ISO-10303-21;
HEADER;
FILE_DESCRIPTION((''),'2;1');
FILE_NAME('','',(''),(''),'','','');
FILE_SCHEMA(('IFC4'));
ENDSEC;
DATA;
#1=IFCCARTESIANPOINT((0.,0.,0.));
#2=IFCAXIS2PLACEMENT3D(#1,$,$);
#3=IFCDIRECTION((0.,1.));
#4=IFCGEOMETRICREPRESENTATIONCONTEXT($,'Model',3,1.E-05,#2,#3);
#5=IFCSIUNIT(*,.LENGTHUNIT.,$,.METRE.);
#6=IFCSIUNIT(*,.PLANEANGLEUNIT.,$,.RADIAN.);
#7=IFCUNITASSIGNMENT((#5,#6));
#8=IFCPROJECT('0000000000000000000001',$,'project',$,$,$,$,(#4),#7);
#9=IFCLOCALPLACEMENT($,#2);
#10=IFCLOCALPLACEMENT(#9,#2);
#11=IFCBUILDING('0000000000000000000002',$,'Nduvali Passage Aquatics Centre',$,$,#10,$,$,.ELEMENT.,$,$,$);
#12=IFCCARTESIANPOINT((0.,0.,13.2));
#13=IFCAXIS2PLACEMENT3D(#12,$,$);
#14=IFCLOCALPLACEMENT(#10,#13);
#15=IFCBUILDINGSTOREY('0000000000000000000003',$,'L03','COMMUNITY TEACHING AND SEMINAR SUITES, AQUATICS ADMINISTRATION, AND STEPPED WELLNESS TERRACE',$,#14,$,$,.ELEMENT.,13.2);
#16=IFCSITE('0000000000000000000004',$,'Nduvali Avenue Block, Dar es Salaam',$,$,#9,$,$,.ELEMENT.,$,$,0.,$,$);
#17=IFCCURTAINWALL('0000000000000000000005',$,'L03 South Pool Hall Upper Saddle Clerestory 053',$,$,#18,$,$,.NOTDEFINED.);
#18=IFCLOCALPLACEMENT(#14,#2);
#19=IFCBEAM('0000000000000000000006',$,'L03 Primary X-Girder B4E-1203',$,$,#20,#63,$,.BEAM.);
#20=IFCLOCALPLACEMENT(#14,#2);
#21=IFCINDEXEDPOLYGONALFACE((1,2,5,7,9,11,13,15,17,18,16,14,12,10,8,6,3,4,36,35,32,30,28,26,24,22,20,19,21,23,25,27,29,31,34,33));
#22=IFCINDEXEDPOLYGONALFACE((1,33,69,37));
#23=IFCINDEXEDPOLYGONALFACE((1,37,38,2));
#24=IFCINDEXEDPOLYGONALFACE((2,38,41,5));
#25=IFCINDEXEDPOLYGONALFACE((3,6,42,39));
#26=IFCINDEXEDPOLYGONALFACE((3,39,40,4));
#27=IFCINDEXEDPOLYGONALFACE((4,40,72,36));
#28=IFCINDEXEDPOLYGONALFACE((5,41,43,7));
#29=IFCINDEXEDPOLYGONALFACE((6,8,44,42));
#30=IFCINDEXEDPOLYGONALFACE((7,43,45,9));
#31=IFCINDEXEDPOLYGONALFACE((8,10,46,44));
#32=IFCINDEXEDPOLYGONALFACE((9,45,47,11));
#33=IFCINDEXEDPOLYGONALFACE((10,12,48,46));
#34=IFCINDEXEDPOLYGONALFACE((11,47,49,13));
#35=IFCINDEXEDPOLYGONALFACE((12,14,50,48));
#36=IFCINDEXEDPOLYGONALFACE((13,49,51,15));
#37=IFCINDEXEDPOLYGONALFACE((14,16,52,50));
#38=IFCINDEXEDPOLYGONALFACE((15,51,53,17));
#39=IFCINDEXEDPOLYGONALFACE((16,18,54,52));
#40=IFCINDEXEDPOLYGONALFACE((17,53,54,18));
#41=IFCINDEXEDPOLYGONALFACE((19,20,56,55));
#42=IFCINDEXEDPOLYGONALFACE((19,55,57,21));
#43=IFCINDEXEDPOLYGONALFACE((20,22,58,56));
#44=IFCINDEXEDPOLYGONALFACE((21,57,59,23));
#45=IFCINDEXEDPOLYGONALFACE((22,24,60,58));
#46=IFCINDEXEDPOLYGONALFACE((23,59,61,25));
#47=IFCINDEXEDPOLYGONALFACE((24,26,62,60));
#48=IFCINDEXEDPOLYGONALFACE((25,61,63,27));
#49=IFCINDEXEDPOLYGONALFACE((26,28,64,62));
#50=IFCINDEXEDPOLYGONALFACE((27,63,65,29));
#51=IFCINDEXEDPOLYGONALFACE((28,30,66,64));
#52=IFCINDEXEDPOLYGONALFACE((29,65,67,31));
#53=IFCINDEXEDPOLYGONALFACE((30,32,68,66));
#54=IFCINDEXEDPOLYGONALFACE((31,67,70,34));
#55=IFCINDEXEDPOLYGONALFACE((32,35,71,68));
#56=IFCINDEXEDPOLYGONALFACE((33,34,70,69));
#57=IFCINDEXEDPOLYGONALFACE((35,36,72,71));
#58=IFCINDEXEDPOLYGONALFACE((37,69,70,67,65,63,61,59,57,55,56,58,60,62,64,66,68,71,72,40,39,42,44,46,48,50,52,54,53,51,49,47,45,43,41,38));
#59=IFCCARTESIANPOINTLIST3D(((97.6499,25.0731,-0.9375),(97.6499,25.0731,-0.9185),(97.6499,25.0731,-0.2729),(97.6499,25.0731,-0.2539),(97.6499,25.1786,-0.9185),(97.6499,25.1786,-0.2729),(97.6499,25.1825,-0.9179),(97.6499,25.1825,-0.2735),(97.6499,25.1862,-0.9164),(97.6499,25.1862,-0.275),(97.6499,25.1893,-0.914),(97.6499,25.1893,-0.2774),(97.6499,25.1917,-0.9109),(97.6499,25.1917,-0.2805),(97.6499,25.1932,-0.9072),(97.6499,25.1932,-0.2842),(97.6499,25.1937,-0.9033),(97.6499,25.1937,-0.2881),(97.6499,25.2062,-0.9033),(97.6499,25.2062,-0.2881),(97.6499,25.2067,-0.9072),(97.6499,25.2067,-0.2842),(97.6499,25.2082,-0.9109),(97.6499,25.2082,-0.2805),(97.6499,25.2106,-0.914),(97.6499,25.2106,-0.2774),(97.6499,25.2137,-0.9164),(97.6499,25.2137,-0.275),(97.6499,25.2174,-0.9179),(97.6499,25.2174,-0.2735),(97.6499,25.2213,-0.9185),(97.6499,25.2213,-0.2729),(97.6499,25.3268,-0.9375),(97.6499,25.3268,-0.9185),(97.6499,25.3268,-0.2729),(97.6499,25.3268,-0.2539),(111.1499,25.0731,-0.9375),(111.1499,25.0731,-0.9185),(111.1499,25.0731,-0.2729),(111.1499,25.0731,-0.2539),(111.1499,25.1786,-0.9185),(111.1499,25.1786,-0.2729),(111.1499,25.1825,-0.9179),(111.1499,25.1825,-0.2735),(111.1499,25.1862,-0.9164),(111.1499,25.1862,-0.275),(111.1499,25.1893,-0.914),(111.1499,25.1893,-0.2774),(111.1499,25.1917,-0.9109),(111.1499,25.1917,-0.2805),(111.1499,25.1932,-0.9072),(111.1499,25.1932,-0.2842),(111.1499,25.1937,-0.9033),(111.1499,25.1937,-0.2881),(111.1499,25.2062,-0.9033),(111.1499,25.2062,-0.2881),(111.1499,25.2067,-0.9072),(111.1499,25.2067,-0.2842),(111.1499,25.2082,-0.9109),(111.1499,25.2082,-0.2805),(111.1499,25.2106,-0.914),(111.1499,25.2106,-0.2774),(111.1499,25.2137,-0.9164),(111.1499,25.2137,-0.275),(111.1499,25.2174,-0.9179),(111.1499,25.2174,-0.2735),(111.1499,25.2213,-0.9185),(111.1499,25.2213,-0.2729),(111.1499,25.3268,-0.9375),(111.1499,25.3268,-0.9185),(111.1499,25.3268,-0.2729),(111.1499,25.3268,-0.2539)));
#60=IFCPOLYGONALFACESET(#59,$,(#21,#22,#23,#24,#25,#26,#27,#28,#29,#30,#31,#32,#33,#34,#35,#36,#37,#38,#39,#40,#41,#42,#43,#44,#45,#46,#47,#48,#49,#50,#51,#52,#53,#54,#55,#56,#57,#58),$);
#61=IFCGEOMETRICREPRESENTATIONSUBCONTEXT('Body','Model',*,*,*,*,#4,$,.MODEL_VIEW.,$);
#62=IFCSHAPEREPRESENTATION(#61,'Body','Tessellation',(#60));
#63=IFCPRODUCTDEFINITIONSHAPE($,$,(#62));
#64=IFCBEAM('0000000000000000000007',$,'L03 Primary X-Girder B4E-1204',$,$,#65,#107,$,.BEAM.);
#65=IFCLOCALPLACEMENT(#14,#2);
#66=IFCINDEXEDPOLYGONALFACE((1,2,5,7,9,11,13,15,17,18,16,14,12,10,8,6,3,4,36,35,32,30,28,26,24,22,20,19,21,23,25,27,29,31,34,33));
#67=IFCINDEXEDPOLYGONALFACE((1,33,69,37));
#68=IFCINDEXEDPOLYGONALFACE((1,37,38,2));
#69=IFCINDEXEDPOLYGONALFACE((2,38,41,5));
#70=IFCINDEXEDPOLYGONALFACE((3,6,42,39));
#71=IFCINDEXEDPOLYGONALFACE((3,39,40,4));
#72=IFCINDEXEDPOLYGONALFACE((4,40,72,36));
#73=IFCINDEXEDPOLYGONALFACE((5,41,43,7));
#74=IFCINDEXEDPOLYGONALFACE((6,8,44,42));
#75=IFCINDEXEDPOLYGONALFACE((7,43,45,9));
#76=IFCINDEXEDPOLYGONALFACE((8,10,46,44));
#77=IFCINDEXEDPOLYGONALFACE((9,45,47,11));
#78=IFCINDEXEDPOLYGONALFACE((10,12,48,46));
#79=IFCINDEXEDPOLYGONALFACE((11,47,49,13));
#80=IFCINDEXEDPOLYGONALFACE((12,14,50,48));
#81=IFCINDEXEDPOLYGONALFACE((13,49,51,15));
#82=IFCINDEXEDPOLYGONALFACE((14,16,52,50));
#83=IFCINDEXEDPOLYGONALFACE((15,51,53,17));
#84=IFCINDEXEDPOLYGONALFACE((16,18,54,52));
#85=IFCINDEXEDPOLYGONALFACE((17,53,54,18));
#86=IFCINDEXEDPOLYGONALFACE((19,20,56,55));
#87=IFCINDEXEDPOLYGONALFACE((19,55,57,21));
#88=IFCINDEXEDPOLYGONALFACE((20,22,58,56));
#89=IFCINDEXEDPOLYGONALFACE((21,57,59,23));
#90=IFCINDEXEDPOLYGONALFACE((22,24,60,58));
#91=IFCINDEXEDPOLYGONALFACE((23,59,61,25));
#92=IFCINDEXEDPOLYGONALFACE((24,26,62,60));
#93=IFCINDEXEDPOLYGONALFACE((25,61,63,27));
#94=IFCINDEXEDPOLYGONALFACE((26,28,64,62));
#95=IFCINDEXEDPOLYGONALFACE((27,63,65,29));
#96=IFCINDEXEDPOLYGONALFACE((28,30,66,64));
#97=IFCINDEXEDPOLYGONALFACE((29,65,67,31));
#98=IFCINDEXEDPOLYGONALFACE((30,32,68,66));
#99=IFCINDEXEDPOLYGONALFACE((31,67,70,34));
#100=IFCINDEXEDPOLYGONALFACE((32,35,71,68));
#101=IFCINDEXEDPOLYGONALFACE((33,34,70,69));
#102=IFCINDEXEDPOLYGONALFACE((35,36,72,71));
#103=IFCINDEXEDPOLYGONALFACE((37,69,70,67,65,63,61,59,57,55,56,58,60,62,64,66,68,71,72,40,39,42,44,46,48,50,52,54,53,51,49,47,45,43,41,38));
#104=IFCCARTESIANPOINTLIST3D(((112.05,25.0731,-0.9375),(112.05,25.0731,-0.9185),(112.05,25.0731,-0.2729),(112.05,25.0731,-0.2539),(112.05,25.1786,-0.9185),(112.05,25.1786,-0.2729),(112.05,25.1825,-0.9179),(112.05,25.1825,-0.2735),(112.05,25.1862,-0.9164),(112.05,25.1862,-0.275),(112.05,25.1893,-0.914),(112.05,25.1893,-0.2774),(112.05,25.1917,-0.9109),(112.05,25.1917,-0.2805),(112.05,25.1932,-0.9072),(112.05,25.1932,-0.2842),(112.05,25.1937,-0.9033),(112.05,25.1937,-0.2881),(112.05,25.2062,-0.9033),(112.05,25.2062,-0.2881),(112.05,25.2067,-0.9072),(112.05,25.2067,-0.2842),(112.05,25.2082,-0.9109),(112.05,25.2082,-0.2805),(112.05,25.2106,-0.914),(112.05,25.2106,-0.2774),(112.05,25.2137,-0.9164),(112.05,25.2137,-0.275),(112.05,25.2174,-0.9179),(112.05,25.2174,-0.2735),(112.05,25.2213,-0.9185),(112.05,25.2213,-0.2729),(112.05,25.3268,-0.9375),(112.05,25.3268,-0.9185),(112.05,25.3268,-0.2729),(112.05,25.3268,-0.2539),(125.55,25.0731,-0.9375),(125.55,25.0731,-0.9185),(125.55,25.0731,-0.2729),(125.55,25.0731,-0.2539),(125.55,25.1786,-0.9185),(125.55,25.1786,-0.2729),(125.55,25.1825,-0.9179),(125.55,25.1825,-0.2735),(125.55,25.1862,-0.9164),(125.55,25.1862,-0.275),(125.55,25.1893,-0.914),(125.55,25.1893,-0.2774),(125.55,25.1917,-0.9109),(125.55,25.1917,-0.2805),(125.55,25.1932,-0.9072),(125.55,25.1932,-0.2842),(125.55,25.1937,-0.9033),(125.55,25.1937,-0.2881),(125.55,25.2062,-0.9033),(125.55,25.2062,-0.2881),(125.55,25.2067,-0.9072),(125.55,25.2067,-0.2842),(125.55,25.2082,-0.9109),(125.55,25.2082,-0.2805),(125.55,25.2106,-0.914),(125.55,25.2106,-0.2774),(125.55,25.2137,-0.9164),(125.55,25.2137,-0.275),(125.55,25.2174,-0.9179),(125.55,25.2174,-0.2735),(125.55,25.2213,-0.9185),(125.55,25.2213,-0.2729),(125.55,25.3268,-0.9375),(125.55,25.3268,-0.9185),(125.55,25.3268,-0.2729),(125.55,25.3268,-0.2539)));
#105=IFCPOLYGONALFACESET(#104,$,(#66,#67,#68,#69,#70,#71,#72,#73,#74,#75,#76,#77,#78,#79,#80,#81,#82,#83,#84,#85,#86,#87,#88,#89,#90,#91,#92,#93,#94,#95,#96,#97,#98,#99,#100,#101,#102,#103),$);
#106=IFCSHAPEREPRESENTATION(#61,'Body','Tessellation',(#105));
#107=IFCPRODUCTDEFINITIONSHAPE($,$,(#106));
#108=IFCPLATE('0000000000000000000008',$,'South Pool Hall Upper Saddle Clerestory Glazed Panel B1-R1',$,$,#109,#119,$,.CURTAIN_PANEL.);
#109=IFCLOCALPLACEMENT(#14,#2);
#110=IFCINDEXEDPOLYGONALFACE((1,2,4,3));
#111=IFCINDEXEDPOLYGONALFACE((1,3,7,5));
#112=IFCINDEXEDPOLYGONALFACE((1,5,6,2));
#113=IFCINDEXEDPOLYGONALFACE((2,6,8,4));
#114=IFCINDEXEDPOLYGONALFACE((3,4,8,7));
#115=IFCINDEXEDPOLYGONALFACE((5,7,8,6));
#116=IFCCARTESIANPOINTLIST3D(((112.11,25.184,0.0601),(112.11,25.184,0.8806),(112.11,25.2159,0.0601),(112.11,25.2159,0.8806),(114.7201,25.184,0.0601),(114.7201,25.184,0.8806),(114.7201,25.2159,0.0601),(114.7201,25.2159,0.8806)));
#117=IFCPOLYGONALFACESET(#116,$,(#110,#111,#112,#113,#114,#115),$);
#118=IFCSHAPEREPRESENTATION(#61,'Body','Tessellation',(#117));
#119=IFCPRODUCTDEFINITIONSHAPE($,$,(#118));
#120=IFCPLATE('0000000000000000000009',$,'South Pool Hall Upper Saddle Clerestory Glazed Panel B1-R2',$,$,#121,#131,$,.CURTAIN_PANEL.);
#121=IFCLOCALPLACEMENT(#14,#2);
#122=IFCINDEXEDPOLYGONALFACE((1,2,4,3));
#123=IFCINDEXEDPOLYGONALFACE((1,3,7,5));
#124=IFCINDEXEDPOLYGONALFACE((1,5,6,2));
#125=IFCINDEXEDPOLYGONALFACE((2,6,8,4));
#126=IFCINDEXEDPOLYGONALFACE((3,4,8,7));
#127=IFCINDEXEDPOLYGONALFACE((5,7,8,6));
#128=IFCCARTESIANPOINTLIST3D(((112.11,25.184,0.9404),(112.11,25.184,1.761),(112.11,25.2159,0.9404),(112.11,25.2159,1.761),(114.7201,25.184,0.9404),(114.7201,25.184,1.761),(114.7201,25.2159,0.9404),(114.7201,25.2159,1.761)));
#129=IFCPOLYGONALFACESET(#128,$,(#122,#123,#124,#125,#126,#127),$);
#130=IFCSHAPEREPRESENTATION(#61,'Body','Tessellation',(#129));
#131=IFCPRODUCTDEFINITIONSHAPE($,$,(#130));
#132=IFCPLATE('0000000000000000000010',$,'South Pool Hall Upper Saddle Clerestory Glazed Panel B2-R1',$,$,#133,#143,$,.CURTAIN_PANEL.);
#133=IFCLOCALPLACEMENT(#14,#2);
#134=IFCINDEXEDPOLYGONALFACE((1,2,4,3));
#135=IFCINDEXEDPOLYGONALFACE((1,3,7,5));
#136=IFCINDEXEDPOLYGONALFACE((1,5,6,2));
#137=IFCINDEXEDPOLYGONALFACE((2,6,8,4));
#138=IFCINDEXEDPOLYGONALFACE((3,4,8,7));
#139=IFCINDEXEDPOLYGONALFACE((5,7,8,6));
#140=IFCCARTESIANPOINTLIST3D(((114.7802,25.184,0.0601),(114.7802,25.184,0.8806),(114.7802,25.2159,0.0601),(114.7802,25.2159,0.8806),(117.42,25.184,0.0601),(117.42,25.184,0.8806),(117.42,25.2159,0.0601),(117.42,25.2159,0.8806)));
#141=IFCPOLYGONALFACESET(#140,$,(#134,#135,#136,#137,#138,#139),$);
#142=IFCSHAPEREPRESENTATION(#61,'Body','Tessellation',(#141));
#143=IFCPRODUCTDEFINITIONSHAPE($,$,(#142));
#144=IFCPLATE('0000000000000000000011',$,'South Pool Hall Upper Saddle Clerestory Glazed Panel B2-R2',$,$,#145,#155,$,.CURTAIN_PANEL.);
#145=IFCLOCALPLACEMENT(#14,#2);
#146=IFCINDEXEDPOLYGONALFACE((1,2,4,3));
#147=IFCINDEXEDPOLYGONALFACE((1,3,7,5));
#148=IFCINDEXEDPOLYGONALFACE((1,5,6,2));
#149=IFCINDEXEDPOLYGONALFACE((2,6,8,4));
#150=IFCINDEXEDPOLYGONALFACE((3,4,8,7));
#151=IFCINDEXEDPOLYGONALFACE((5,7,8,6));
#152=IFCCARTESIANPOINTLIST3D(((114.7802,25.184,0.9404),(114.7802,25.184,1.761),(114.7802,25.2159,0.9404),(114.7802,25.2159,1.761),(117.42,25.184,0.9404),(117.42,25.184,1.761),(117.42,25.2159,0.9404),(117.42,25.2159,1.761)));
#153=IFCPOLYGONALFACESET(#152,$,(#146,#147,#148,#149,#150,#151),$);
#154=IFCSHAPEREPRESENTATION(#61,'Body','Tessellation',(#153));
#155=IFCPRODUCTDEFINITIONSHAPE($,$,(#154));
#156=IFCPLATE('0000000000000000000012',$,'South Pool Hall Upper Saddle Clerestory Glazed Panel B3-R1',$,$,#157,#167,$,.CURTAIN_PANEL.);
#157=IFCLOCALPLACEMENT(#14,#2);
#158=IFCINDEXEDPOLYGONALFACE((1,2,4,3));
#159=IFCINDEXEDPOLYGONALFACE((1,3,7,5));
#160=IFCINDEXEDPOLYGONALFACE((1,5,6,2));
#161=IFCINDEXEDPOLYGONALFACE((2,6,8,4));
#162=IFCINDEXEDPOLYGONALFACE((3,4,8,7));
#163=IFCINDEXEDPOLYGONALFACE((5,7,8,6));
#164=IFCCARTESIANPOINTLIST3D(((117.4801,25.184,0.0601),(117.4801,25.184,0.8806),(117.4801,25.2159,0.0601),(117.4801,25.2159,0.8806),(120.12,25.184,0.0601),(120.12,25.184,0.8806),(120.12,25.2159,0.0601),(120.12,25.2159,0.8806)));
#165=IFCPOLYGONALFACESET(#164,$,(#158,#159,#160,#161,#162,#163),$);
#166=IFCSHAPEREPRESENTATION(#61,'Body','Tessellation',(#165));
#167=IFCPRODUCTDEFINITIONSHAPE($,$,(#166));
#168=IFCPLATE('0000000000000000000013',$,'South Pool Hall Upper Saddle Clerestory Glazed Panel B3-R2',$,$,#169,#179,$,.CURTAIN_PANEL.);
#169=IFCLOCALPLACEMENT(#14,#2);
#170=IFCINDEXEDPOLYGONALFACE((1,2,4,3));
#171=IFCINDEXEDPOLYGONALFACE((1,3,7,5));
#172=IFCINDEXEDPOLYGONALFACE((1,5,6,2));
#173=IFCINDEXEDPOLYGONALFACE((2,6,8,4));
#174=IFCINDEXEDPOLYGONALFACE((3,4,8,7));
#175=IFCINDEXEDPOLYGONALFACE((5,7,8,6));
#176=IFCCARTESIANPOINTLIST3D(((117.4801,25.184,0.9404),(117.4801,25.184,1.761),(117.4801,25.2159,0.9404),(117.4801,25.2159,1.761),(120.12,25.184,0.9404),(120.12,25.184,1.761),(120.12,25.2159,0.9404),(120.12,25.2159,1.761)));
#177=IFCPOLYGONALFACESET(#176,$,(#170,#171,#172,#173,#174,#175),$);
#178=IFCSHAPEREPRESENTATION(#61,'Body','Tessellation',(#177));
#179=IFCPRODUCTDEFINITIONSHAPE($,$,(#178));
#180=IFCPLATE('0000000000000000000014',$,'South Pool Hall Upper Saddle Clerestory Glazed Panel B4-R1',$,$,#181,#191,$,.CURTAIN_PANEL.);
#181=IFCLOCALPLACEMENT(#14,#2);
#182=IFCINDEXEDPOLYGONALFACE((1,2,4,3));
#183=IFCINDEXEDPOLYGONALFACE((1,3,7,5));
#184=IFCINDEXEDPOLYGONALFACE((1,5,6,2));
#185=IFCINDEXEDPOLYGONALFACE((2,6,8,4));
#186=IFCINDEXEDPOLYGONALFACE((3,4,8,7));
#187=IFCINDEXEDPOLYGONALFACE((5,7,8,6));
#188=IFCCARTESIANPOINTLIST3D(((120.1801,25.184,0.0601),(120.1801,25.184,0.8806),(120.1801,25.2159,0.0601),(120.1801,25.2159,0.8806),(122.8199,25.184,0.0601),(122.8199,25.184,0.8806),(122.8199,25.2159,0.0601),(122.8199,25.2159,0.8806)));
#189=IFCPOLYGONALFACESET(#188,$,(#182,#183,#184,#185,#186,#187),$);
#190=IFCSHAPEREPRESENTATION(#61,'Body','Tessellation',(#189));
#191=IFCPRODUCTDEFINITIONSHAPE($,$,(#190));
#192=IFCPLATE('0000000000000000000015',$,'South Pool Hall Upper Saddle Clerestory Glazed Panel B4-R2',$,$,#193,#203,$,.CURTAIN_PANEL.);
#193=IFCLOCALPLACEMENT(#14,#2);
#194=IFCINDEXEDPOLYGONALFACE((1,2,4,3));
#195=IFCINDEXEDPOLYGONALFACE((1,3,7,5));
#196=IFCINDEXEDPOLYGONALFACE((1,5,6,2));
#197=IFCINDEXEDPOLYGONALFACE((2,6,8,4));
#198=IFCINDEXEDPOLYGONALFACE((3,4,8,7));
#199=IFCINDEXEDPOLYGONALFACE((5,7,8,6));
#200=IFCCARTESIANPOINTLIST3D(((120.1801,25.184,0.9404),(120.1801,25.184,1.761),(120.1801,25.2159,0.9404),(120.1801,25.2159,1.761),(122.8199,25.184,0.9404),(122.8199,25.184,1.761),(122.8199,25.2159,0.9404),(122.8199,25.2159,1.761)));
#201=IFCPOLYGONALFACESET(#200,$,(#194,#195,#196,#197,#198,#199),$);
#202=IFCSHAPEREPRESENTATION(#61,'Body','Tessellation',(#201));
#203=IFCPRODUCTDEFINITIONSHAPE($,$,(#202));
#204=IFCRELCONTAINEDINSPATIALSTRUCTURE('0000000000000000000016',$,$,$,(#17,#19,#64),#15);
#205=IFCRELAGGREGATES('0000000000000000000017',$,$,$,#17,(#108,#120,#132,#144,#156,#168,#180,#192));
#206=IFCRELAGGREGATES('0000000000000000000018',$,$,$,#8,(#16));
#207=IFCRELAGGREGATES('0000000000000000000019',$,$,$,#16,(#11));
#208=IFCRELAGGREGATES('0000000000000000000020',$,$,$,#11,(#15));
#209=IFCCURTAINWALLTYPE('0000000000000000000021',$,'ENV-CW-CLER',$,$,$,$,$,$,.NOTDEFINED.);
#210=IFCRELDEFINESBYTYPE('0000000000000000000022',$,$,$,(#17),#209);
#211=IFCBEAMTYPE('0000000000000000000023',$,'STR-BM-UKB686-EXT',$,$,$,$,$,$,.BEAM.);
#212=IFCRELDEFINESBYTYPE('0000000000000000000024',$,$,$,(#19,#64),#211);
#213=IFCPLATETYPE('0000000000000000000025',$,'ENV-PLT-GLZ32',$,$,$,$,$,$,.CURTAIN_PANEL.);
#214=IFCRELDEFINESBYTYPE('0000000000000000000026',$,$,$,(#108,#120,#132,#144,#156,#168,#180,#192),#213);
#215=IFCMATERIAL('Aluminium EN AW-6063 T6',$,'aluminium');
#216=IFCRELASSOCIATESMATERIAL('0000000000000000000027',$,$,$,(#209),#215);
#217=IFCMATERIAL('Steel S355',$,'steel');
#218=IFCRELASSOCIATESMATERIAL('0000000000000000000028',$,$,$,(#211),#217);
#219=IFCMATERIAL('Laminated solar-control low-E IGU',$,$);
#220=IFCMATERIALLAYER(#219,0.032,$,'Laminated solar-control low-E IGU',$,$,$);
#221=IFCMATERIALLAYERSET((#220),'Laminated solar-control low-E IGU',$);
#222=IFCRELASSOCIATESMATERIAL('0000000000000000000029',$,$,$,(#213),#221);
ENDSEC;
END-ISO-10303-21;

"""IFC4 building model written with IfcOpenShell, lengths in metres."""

from ifc_helpers import new_model, si_unit, direction, frame, origin, origin_2d, place, context, subcontext, project, spatial, rectangle, i_section, extrude, material, layer, layer_set, material_profile, profile_set, type_object, element, aggregate, save


model = new_model("IFC4")

# Units and contexts
model_context = context("Model", 3, precision=1e-05, world=origin(), true_north=direction((0.0, 1.0)))
body_context = subcontext(model_context, "Body", "Model", "MODEL_VIEW")
ifc_project = project(units=[si_unit("LENGTHUNIT", "METRE"), si_unit("PLANEANGLEUNIT", "RADIAN")], contexts=[model_context])

# Site, building, storey
site_placement = place(None, origin())
site = spatial("IfcSite", under=ifc_project, at=site_placement, Name="Nduvali Avenue Block, Dar es Salaam", CompositionType="ELEMENT", RefElevation=0.0)
building_placement = place(site_placement, origin())
building = spatial("IfcBuilding", under=site, at=building_placement, Name="Nduvali Passage Aquatics Centre", CompositionType="ELEMENT")
storey_placement = place(building_placement, frame((0.0, 0.0, 13.2)))
storey = spatial("IfcBuildingStorey", under=building, at=storey_placement, Name="L03", Description="COMMUNITY TEACHING AND SEMINAR SUITES, AQUATICS ADMINISTRATION, AND STEPPED WELLNESS TERRACE", CompositionType="ELEMENT", Elevation=13.2)

# Curtain wall
ifc_material_1 = material(Name="Aluminium EN AW-6063 T6", Category="aluminium")
curtain_wall_type = type_object("IfcCurtainWallType", Name="ENV-CW-CLER", PredefinedType="NOTDEFINED", material=ifc_material_1)
curtain_wall_placement = place(storey_placement, origin())
curtain_wall = element("IfcCurtainWall", 1, at=curtain_wall_placement, inside=storey, type_object=curtain_wall_type, Name="L03 South Pool Hall Upper Saddle Clerestory 053", PredefinedType="NOTDEFINED")

# Beams
ifc_material_2 = material(Name="Steel S355", Category="steel")
ifc_material_profile_1 = material_profile(ifc_material_2, i_section(OverallWidth=0.2537, OverallDepth=0.6836, WebThickness=0.0125, FlangeThickness=0.019, FilletRadius=0.0151, at=origin_2d()), Name="UKB 686x254x140")
ifc_profile_set_1 = profile_set([ifc_material_profile_1], Name="Steel S355")
beam_type = type_object("IfcBeamType", Name="STR-BM-UKB686-EXT", PredefinedType="BEAM", material=ifc_profile_set_1)
for number, where, z_axis, x_axis, name in (
    (2, (97.6499, 25.2, -0.5957), (1.0, 0.0, 0.0), (0.0, 1.0, 0.0), "L03 Primary X-Girder B4E-1203"),
    (3, (112.05, 25.2, -0.5957), (1.0, 0.0, 0.0), (0.0, 1.0, 0.0), "L03 Primary X-Girder B4E-1204"),
):
    element("IfcBeam", number, at=place(storey_placement, frame(where, z_axis=z_axis, x_axis=x_axis)), inside=storey, type_object=beam_type, Name=name, PredefinedType="BEAM", context=body_context, shape_type="SweptSolid", body=[
        extrude(i_section(OverallWidth=0.2537, OverallDepth=0.6836, WebThickness=0.0125, FlangeThickness=0.019, FilletRadius=0.0151, at=origin_2d()), origin(), (0.0, 0.0, 1.0), 13.5),
    ])

# Plates
ifc_material_3 = material(Name="Laminated solar-control low-E IGU")
ifc_layer = layer(ifc_material_3, 0.032, Name="Laminated solar-control low-E IGU")
ifc_layer_set = layer_set([ifc_layer], Name="Laminated solar-control low-E IGU")
plate_type = type_object("IfcPlateType", Name="ENV-PLT-GLZ32", PredefinedType="CURTAIN_PANEL", material=ifc_layer_set)
plate_1_placement = place(storey_placement, frame((113.415, 25.2, 0.0601), z_axis=(0.0, 0.0, 1.0), x_axis=(1.0, 0.0, 0.0)))
plate_1 = element("IfcPlate", 4, at=plate_1_placement, type_object=plate_type, Name="South Pool Hall Upper Saddle Clerestory Glazed Panel B1-R1", PredefinedType="CURTAIN_PANEL", context=body_context, shape_type="SweptSolid", body=[
    extrude(rectangle(XDim=2.6101, YDim=0.032, at=origin_2d()), origin(), (0.0, 0.0, 1.0), 0.8206),
])
plate_2_placement = place(storey_placement, frame((113.415, 25.2, 0.9404), z_axis=(0.0, 0.0, 1.0), x_axis=(1.0, 0.0, 0.0)))
plate_2 = element("IfcPlate", 5, at=plate_2_placement, type_object=plate_type, Name="South Pool Hall Upper Saddle Clerestory Glazed Panel B1-R2", PredefinedType="CURTAIN_PANEL", context=body_context, shape_type="SweptSolid", body=[
    extrude(rectangle(XDim=2.6101, YDim=0.032, at=origin_2d()), origin(), (0.0, 0.0, 1.0), 0.8206),
])
plate_3_placement = place(storey_placement, frame((116.1001, 25.2, 0.0601), z_axis=(0.0, 0.0, 1.0), x_axis=(1.0, 0.0, 0.0)))
plate_3 = element("IfcPlate", 6, at=plate_3_placement, type_object=plate_type, Name="South Pool Hall Upper Saddle Clerestory Glazed Panel B2-R1", PredefinedType="CURTAIN_PANEL", context=body_context, shape_type="SweptSolid", body=[
    extrude(rectangle(XDim=2.6399, YDim=0.032, at=origin_2d()), origin(), (0.0, 0.0, 1.0), 0.8206),
])
plate_4_placement = place(storey_placement, frame((116.1001, 25.2, 0.9404), z_axis=(0.0, 0.0, 1.0), x_axis=(1.0, 0.0, 0.0)))
plate_4 = element("IfcPlate", 7, at=plate_4_placement, type_object=plate_type, Name="South Pool Hall Upper Saddle Clerestory Glazed Panel B2-R2", PredefinedType="CURTAIN_PANEL", context=body_context, shape_type="SweptSolid", body=[
    extrude(rectangle(XDim=2.6399, YDim=0.032, at=origin_2d()), origin(), (0.0, 0.0, 1.0), 0.8206),
])
plate_5_placement = place(storey_placement, frame((118.8, 25.2, 0.0601), z_axis=(0.0, 0.0, 1.0), x_axis=(1.0, 0.0, 0.0)))
plate_5 = element("IfcPlate", 8, at=plate_5_placement, type_object=plate_type, Name="South Pool Hall Upper Saddle Clerestory Glazed Panel B3-R1", PredefinedType="CURTAIN_PANEL", context=body_context, shape_type="SweptSolid", body=[
    extrude(rectangle(XDim=2.6399, YDim=0.032, at=origin_2d()), origin(), (0.0, 0.0, 1.0), 0.8206),
])
plate_6_placement = place(storey_placement, frame((118.8, 25.2, 0.9404), z_axis=(0.0, 0.0, 1.0), x_axis=(1.0, 0.0, 0.0)))
plate_6 = element("IfcPlate", 9, at=plate_6_placement, type_object=plate_type, Name="South Pool Hall Upper Saddle Clerestory Glazed Panel B3-R2", PredefinedType="CURTAIN_PANEL", context=body_context, shape_type="SweptSolid", body=[
    extrude(rectangle(XDim=2.6399, YDim=0.032, at=origin_2d()), origin(), (0.0, 0.0, 1.0), 0.8206),
])
plate_7_placement = place(storey_placement, frame((121.5, 25.2, 0.0601), z_axis=(0.0, 0.0, 1.0), x_axis=(1.0, 0.0, 0.0)))
plate_7 = element("IfcPlate", 10, at=plate_7_placement, type_object=plate_type, Name="South Pool Hall Upper Saddle Clerestory Glazed Panel B4-R1", PredefinedType="CURTAIN_PANEL", context=body_context, shape_type="SweptSolid", body=[
    extrude(rectangle(XDim=2.6399, YDim=0.032, at=origin_2d()), origin(), (0.0, 0.0, 1.0), 0.8206),
])
plate_8_placement = place(storey_placement, frame((121.5, 25.2, 0.9404), z_axis=(0.0, 0.0, 1.0), x_axis=(1.0, 0.0, 0.0)))
plate_8 = element("IfcPlate", 11, at=plate_8_placement, type_object=plate_type, Name="South Pool Hall Upper Saddle Clerestory Glazed Panel B4-R2", PredefinedType="CURTAIN_PANEL", context=body_context, shape_type="SweptSolid", body=[
    extrude(rectangle(XDim=2.6399, YDim=0.032, at=origin_2d()), origin(), (0.0, 0.0, 1.0), 0.8206),
])
aggregate(curtain_wall, [plate_1, plate_2, plate_3, plate_4, plate_5, plate_6, plate_7, plate_8])

save(model, "model.ifc")
